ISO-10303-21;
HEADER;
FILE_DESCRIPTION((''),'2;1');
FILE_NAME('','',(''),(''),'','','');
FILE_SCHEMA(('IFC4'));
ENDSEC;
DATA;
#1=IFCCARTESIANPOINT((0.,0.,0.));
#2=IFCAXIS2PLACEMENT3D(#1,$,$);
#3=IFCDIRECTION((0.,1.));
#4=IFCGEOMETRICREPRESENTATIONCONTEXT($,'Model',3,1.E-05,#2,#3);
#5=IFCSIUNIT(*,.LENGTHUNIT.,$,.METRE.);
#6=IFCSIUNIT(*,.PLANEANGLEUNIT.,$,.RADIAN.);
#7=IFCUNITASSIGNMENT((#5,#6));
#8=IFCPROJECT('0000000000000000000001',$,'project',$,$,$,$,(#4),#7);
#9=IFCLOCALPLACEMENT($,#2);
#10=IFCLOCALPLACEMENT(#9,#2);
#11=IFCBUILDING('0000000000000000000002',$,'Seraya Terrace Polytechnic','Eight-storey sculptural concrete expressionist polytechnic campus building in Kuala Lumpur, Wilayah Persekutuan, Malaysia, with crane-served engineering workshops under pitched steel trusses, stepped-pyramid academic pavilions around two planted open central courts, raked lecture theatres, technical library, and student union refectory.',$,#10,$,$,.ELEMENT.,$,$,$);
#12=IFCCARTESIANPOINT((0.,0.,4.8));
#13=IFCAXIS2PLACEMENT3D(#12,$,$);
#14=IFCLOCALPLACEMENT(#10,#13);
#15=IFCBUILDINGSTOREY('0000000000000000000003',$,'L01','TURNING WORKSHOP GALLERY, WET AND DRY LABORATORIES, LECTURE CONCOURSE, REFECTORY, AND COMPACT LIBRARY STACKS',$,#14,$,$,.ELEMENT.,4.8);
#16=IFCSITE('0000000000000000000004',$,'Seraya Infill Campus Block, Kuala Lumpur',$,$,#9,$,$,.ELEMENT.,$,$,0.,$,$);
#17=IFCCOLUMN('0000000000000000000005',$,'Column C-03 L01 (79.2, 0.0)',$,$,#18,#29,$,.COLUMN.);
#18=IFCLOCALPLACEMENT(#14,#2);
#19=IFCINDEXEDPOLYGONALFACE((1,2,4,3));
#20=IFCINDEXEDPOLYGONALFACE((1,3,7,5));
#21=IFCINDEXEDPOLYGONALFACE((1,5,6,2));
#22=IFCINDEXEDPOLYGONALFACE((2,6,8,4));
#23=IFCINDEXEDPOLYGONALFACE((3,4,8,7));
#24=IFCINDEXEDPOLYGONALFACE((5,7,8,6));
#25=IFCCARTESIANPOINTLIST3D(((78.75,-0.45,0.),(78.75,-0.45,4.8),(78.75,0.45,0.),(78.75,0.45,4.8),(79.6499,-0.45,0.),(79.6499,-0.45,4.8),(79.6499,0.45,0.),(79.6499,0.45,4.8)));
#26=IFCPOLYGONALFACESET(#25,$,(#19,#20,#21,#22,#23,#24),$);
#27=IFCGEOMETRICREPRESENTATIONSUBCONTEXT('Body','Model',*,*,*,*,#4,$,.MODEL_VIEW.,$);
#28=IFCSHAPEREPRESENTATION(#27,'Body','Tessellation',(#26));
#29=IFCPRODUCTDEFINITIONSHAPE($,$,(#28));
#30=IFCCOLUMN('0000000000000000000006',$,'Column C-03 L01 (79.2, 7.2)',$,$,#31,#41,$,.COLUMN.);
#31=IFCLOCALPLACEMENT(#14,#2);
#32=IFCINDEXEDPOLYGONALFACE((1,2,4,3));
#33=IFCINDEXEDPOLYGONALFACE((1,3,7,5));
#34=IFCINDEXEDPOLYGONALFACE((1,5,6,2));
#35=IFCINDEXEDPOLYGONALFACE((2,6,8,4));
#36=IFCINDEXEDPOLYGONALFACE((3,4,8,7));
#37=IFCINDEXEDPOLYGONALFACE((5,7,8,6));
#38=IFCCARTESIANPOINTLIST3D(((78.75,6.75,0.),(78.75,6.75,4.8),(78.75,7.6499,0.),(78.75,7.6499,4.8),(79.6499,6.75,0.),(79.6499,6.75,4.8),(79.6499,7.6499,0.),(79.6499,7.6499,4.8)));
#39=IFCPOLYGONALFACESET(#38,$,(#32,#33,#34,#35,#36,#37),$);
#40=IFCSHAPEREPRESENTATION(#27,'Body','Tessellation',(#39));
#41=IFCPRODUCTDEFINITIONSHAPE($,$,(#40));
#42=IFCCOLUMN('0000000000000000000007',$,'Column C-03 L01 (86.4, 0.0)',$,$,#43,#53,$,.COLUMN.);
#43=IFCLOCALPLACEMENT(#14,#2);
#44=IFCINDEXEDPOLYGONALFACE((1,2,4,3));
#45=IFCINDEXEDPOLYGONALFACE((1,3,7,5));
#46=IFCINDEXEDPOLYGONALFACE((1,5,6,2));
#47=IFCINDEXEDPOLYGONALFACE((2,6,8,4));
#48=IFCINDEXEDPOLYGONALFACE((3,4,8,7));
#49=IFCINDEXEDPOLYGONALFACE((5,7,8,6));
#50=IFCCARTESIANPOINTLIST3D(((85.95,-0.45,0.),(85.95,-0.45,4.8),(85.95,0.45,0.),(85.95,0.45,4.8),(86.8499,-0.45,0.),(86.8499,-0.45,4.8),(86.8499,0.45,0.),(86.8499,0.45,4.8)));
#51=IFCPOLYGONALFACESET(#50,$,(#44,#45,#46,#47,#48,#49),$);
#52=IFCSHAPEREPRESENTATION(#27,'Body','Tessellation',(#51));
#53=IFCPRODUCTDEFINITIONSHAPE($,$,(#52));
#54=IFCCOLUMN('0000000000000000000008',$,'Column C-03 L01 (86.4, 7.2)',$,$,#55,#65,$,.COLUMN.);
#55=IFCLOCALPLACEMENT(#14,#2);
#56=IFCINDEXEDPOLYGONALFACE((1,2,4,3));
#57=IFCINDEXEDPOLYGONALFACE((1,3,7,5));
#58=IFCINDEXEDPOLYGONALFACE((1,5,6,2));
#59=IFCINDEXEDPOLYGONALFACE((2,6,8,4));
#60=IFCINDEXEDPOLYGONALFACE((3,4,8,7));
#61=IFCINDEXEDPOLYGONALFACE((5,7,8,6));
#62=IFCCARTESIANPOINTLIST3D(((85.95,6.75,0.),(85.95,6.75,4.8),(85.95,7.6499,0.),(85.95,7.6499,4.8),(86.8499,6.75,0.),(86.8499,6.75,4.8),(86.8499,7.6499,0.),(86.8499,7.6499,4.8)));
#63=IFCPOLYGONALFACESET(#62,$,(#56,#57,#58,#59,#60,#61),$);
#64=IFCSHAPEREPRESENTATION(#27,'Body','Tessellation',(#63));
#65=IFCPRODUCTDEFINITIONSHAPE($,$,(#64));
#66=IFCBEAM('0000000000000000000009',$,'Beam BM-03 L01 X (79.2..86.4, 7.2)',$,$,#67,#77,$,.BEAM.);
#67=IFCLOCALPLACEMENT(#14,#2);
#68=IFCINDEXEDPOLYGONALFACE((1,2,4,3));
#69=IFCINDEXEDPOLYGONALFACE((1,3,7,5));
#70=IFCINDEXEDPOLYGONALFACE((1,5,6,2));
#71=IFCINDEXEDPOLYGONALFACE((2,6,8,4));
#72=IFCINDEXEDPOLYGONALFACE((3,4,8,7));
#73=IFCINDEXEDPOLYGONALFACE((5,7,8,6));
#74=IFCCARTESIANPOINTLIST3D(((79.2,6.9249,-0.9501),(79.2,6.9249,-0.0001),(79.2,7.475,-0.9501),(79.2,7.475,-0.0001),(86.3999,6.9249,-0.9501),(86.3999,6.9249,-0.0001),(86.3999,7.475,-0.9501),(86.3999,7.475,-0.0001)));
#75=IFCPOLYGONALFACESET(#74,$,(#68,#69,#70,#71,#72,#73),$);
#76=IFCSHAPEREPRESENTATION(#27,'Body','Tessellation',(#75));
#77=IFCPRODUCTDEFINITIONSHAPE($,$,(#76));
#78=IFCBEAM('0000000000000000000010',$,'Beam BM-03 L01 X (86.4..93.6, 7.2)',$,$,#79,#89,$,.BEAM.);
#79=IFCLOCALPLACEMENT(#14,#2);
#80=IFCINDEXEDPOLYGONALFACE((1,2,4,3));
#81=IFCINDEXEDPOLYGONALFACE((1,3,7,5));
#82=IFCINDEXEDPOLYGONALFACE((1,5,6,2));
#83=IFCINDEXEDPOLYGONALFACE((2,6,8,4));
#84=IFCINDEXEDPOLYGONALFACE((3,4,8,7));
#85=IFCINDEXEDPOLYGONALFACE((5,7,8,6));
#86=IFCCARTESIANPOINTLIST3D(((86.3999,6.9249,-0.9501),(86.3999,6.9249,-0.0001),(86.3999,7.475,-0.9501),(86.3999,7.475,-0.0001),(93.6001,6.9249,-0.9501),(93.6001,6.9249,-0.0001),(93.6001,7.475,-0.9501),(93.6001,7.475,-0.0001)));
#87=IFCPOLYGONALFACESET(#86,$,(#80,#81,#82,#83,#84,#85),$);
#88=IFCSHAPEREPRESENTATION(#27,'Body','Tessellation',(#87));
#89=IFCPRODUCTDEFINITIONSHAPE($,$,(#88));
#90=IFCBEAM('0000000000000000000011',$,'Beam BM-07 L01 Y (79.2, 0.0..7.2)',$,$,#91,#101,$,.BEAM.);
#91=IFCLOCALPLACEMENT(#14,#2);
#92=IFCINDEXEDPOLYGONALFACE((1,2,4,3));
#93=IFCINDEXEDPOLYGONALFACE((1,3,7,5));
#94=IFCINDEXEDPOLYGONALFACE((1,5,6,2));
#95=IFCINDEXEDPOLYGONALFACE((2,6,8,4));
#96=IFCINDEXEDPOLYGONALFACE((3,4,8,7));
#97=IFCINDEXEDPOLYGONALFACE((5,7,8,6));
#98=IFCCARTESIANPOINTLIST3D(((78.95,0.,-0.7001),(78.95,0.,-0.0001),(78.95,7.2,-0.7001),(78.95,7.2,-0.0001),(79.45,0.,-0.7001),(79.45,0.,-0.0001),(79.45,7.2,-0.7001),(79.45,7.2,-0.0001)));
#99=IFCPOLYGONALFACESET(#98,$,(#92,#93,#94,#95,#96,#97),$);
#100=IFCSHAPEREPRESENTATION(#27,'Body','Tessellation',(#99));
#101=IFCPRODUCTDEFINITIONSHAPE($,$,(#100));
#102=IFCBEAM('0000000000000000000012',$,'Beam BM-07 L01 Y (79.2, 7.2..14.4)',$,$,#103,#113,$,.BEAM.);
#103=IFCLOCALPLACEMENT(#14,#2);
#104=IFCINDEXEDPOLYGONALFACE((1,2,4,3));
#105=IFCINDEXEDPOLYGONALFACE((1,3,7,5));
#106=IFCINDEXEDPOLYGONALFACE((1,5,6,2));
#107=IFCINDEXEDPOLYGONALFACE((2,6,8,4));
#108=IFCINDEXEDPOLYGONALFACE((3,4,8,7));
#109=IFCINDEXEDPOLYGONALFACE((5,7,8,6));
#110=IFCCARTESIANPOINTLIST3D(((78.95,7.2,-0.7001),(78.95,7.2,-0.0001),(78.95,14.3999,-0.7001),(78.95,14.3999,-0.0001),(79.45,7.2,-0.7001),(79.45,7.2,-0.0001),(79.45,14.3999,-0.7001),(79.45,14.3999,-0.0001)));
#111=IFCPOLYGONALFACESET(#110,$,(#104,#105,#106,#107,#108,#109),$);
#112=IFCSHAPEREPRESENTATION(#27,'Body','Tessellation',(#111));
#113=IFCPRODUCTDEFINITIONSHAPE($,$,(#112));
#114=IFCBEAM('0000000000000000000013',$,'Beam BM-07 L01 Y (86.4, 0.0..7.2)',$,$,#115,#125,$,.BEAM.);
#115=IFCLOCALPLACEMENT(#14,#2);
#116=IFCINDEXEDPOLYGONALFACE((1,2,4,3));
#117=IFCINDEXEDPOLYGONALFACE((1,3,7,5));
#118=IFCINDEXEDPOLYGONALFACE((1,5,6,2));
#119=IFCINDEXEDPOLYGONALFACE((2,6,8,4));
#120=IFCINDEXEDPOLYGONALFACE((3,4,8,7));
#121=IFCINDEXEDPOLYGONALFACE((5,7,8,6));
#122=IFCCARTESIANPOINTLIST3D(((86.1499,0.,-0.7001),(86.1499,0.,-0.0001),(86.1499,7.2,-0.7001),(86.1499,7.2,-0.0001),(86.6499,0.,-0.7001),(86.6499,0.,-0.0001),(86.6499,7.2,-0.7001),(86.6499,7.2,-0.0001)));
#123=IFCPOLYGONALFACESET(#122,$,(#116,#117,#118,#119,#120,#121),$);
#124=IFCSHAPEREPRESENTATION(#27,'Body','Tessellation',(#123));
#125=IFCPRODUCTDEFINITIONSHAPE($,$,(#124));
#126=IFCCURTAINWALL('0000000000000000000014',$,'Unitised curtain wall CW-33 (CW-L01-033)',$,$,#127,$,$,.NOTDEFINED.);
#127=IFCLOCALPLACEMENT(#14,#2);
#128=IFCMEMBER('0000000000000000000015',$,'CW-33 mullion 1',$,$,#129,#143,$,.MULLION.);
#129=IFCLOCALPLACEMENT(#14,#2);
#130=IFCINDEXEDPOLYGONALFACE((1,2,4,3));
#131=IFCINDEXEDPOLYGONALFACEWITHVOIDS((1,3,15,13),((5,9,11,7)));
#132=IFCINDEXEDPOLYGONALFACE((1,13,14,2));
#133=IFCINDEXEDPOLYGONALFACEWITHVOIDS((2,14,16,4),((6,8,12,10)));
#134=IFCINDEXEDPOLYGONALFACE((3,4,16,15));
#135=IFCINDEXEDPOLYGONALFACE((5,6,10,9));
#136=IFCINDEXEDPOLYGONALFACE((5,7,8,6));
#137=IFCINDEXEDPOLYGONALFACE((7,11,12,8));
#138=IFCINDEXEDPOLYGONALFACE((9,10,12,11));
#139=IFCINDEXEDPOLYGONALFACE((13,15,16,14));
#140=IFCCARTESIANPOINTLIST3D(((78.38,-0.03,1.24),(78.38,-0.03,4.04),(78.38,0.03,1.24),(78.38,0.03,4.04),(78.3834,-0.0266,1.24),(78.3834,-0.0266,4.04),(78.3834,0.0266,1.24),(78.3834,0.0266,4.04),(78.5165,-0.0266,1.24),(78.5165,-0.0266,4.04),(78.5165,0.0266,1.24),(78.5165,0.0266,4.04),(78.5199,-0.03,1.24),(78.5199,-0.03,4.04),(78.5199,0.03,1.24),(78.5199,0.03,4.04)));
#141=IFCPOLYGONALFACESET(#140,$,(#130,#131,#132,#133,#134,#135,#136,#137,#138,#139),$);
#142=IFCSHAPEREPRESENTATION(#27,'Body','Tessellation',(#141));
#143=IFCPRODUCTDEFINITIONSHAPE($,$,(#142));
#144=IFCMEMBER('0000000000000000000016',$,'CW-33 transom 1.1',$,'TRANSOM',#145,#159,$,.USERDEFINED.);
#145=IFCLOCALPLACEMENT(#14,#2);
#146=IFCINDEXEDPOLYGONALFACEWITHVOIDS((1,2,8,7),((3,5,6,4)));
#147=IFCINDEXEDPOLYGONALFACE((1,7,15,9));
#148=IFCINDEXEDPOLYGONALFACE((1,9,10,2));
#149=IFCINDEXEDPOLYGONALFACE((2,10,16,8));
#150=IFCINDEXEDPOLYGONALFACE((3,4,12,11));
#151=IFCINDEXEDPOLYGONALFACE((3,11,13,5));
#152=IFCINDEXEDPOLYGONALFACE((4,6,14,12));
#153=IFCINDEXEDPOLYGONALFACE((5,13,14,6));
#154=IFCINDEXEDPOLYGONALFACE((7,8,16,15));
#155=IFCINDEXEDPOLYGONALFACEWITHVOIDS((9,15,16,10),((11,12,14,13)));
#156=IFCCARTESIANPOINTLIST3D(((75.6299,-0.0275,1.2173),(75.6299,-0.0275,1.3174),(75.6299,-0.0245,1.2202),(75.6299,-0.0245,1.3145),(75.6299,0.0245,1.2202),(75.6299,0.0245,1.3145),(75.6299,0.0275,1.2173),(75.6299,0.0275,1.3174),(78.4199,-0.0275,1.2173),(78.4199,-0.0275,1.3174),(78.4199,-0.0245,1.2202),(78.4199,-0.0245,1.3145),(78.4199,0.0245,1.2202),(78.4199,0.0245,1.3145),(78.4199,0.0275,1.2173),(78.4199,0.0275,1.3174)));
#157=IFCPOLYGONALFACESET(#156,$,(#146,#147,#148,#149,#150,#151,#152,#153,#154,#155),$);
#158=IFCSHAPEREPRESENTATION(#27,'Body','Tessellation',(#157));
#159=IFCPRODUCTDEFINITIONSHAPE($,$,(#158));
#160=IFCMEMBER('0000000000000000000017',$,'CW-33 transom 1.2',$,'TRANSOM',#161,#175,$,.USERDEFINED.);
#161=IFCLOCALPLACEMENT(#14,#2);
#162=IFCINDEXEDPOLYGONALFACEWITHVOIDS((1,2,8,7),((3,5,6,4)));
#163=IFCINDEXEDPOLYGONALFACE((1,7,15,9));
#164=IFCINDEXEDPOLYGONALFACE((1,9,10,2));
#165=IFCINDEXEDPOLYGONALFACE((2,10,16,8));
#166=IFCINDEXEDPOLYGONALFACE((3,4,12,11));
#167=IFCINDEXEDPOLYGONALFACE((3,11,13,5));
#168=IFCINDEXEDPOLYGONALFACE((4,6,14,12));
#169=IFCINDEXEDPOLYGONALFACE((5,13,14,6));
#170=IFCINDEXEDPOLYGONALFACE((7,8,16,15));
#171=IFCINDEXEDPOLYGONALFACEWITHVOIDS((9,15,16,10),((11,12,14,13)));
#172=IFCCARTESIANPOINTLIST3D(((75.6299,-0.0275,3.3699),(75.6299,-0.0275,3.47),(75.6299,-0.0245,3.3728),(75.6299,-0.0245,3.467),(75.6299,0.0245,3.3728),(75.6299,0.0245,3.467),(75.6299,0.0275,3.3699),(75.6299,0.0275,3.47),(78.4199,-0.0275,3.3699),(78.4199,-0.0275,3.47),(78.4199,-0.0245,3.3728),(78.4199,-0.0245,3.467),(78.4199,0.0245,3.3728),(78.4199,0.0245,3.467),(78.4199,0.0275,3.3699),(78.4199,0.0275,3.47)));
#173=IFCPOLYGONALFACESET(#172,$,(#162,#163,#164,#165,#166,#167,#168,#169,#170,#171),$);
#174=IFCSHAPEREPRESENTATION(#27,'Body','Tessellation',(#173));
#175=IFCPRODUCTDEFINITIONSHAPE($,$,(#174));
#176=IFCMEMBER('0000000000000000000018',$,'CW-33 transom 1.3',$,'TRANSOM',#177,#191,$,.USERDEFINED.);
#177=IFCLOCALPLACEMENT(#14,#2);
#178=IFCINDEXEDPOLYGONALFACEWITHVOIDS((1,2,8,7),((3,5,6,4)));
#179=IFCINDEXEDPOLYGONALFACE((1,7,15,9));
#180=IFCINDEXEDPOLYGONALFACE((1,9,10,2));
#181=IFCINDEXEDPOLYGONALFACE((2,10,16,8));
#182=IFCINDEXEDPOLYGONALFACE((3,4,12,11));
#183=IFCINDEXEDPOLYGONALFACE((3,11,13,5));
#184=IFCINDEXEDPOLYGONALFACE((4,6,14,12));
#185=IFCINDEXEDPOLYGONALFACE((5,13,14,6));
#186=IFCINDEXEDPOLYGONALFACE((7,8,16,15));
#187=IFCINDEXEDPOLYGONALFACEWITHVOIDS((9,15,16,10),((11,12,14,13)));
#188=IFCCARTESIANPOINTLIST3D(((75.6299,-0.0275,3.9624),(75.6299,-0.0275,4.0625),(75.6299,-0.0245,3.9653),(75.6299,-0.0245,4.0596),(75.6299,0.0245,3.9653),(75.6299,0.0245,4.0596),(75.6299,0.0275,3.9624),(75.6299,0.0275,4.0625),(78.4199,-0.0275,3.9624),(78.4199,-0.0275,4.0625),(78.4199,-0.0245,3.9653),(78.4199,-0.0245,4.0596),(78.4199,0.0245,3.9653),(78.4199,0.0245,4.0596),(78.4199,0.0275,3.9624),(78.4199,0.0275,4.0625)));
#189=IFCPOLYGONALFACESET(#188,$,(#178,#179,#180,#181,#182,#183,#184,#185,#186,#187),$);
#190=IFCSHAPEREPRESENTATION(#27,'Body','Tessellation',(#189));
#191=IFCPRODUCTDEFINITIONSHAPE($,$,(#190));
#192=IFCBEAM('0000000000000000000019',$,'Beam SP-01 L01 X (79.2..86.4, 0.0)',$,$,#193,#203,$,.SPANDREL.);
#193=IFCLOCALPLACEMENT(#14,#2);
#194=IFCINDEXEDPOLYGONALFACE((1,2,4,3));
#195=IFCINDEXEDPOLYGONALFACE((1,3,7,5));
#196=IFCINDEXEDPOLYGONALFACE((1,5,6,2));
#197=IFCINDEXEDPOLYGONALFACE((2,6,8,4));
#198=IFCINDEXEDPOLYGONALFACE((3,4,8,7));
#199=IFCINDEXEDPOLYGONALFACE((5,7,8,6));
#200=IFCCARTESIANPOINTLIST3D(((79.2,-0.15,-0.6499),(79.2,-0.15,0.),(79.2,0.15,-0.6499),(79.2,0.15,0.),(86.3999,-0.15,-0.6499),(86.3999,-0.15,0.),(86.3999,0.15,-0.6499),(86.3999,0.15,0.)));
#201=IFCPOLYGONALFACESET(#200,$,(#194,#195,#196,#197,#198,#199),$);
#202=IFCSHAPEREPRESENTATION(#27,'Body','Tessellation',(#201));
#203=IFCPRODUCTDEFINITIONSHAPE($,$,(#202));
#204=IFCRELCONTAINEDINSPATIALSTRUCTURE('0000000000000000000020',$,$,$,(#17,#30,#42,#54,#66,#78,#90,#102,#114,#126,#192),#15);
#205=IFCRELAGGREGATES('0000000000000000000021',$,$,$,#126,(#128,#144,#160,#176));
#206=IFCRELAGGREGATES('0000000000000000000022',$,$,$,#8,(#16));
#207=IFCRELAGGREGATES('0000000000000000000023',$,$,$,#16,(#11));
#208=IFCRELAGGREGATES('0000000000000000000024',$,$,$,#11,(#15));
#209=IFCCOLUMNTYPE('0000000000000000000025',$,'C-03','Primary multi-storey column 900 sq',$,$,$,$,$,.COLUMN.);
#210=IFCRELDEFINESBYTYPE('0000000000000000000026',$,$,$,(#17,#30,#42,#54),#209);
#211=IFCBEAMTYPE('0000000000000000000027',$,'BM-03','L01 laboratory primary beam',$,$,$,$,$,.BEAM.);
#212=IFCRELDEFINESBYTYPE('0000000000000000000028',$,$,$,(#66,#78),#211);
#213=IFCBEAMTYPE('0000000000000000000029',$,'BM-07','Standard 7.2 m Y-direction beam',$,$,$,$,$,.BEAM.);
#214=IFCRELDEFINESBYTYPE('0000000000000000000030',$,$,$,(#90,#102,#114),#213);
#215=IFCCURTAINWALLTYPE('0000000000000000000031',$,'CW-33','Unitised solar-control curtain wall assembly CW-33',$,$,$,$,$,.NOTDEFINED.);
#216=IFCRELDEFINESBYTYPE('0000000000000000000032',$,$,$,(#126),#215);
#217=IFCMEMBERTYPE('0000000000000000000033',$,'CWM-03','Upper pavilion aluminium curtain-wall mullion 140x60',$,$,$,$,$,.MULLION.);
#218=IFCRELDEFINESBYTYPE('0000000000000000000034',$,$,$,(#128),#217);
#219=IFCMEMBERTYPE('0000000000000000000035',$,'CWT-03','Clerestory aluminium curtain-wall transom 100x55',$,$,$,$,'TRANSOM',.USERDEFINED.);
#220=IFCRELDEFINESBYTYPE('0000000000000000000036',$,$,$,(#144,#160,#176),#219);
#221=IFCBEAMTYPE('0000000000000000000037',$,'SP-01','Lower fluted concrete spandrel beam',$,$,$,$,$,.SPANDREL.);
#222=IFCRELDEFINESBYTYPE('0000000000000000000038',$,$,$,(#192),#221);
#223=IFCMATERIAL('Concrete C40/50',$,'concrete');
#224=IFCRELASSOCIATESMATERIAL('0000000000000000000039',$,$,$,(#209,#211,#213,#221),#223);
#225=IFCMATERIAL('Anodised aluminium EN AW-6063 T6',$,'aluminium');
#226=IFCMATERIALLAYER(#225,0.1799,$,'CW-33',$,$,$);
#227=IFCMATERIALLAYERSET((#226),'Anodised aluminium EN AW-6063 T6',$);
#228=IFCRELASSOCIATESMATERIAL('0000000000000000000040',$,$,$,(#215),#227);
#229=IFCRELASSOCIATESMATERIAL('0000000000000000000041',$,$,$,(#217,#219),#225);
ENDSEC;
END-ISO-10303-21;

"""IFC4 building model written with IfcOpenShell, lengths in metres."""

from ifc_helpers import new_model, si_unit, direction, frame, origin, origin_2d, place, context, subcontext, project, spatial, rectangle, hollow_rectangle, extrude, material, layer, layer_set, material_profile, profile_set, type_object, element, aggregate, save


model = new_model("IFC4")

# Units and contexts
model_context = context("Model", 3, precision=1e-05, world=origin(), true_north=direction((0.0, 1.0)))
body_context = subcontext(model_context, "Body", "Model", "MODEL_VIEW")
ifc_project = project(units=[si_unit("LENGTHUNIT", "METRE"), si_unit("PLANEANGLEUNIT", "RADIAN")], contexts=[model_context])

# Site, building, storey
site_placement = place(None, origin())
site = spatial("IfcSite", under=ifc_project, at=site_placement, Name="Seraya Infill Campus Block, Kuala Lumpur", CompositionType="ELEMENT", RefElevation=0.0)
building_placement = place(site_placement, origin())
building = spatial("IfcBuilding", under=site, at=building_placement, Name="Seraya Terrace Polytechnic", Description="Eight-storey sculptural concrete expressionist polytechnic campus building in Kuala Lumpur, Wilayah Persekutuan, Malaysia, with crane-served engineering workshops under pitched steel trusses, stepped-pyramid academic pavilions around two planted open central courts, raked lecture theatres, technical library, and student union refectory.", CompositionType="ELEMENT")
storey_placement = place(building_placement, frame((0.0, 0.0, 4.8)))
storey = spatial("IfcBuildingStorey", under=building, at=storey_placement, Name="L01", Description="TURNING WORKSHOP GALLERY, WET AND DRY LABORATORIES, LECTURE CONCOURSE, REFECTORY, AND COMPACT LIBRARY STACKS", CompositionType="ELEMENT", Elevation=4.8)

# Columns
ifc_material_1 = material(Name="Concrete C40/50", Category="concrete")
ifc_material_profile_1 = material_profile(ifc_material_1, rectangle(XDim=0.8999, YDim=0.8999, at=origin_2d()), Name="RC 900x900")
ifc_profile_set_1 = profile_set([ifc_material_profile_1], Name="Concrete C40/50")
column_type = type_object("IfcColumnType", Name="C-03", Description="Primary multi-storey column 900 sq", PredefinedType="COLUMN", material=ifc_profile_set_1)
for number, where, z_axis, x_axis, name in (
    (1, (79.2, 0.0, 0.0), (0.0, 0.0, 1.0), (1.0, 0.0, 0.0), "Column C-03 L01 (79.2, 0.0)"),
    (2, (79.2, 7.2, 0.0), (0.0, 0.0, 1.0), (1.0, 0.0, 0.0), "Column C-03 L01 (79.2, 7.2)"),
    (3, (86.3999, 0.0, 0.0), (0.0, 0.0, 1.0), (1.0, 0.0, 0.0), "Column C-03 L01 (86.4, 0.0)"),
    (4, (86.3999, 7.2, 0.0), (0.0, 0.0, 1.0), (1.0, 0.0, 0.0), "Column C-03 L01 (86.4, 7.2)"),
):
    element("IfcColumn", number, at=place(storey_placement, frame(where, z_axis=z_axis, x_axis=x_axis)), inside=storey, type_object=column_type, Name=name, PredefinedType="COLUMN", context=body_context, shape_type="SweptSolid", body=[
        extrude(rectangle(XDim=0.8999, YDim=0.8999, at=origin_2d()), origin(), (0.0, 0.0, 1.0), 4.8),
    ])

# Beams
ifc_material_profile_2 = material_profile(ifc_material_1, rectangle(XDim=0.55, YDim=0.95, at=origin_2d()), Name="RC 550x950")
ifc_profile_set_2 = profile_set([ifc_material_profile_2], Name="Concrete C40/50")
beam_type_1 = type_object("IfcBeamType", Name="BM-03", Description="L01 laboratory primary beam", PredefinedType="BEAM", material=ifc_profile_set_2)
beam_1_placement = place(storey_placement, frame((79.2, 7.2, -0.4751), z_axis=(1.0, 0.0, 0.0), x_axis=(0.0, 1.0, 0.0)))
element("IfcBeam", 5, at=beam_1_placement, inside=storey, type_object=beam_type_1, Name="Beam BM-03 L01 X (79.2..86.4, 7.2)", PredefinedType="BEAM", context=body_context, shape_type="SweptSolid", body=[
    extrude(rectangle(XDim=0.55, YDim=0.95, at=origin_2d()), origin(), (0.0, 0.0, 1.0), 7.2),
])
beam_2_placement = place(storey_placement, frame((86.3999, 7.2, -0.4751), z_axis=(1.0, 0.0, 0.0), x_axis=(0.0, 1.0, 0.0)))
element("IfcBeam", 6, at=beam_2_placement, inside=storey, type_object=beam_type_1, Name="Beam BM-03 L01 X (86.4..93.6, 7.2)", PredefinedType="BEAM", context=body_context, shape_type="SweptSolid", body=[
    extrude(rectangle(XDim=0.55, YDim=0.95, at=origin_2d()), origin(), (0.0, 0.0, 1.0), 7.2002),
])
ifc_material_profile_3 = material_profile(ifc_material_1, rectangle(XDim=0.5, YDim=0.7, at=origin_2d()), Name="RC 500x700")
ifc_profile_set_3 = profile_set([ifc_material_profile_3], Name="Concrete C40/50")
beam_type_2 = type_object("IfcBeamType", Name="BM-07", Description="Standard 7.2 m Y-direction beam", PredefinedType="BEAM", material=ifc_profile_set_3)
for number, where, z_axis, x_axis, name in (
    (7, (79.2, 0.0, -0.3501), (0.0, 1.0, 0.0), (-1.0, 0.0, 0.0), "Beam BM-07 L01 Y (79.2, 0.0..7.2)"),
    (8, (79.2, 7.2, -0.3501), (0.0, 1.0, 0.0), (-1.0, 0.0, 0.0), "Beam BM-07 L01 Y (79.2, 7.2..14.4)"),
    (9, (86.3999, 0.0, -0.3501), (0.0, 1.0, 0.0), (-1.0, 0.0, 0.0), "Beam BM-07 L01 Y (86.4, 0.0..7.2)"),
):
    element("IfcBeam", number, at=place(storey_placement, frame(where, z_axis=z_axis, x_axis=x_axis)), inside=storey, type_object=beam_type_2, Name=name, PredefinedType="BEAM", context=body_context, shape_type="SweptSolid", body=[
        extrude(rectangle(XDim=0.5, YDim=0.7, at=origin_2d()), origin(), (0.0, 0.0, 1.0), 7.2),
    ])

# Curtain wall, members
ifc_material_2 = material(Name="Anodised aluminium EN AW-6063 T6", Category="aluminium")
ifc_layer_1 = layer(ifc_material_2, 0.1799, Name="CW-33")
ifc_layer_set_1 = layer_set([ifc_layer_1], Name="Anodised aluminium EN AW-6063 T6")
curtain_wall_type = type_object("IfcCurtainWallType", Name="CW-33", Description="Unitised solar-control curtain wall assembly CW-33", PredefinedType="NOTDEFINED", material=ifc_layer_set_1)
curtain_wall_placement = place(storey_placement, origin())
curtain_wall = element("IfcCurtainWall", 10, at=curtain_wall_placement, inside=storey, type_object=curtain_wall_type, Name="Unitised curtain wall CW-33 (CW-L01-033)", PredefinedType="NOTDEFINED")
ifc_material_profile_4 = material_profile(ifc_material_2, hollow_rectangle(XDim=0.0601, YDim=0.1399, WallThickness=0.0034, at=origin_2d()), Name="RHS 140x60x3.5")
ifc_profile_set_4 = profile_set([ifc_material_profile_4], Name="Anodised aluminium EN AW-6063 T6")
member_type_1 = type_object("IfcMemberType", Name="CWM-03", Description="Upper pavilion aluminium curtain-wall mullion 140x60", PredefinedType="MULLION", material=ifc_profile_set_4)
member_1_placement = place(storey_placement, frame((78.45, 0.0, 1.24), z_axis=(0.0, 0.0, 1.0), x_axis=(0.0, -1.0, 0.0)))
member_1 = element("IfcMember", 11, at=member_1_placement, type_object=member_type_1, Name="CW-33 mullion 1", PredefinedType="MULLION", context=body_context, shape_type="SweptSolid", body=[
    extrude(hollow_rectangle(XDim=0.0601, YDim=0.1399, WallThickness=0.0034, at=origin_2d()), origin(), (0.0, 0.0, 1.0), 2.8),
])
ifc_material_profile_5 = material_profile(ifc_material_2, hollow_rectangle(XDim=0.0549, YDim=0.1001, WallThickness=0.0029, at=origin_2d()), Name="RHS 100x55x3.0")
ifc_profile_set_5 = profile_set([ifc_material_profile_5], Name="Anodised aluminium EN AW-6063 T6")
member_type_2 = type_object("IfcMemberType", Name="CWT-03", Description="Clerestory aluminium curtain-wall transom 100x55", ElementType="TRANSOM", PredefinedType="USERDEFINED", material=ifc_profile_set_5)
member_2_placement = place(storey_placement, frame((78.4199, 0.0, 1.2673), z_axis=(-1.0, 0.0, 0.0), x_axis=(0.0, -1.0, 0.0)))
member_2 = element("IfcMember", 12, at=member_2_placement, type_object=member_type_2, Name="CW-33 transom 1.1", ObjectType="TRANSOM", PredefinedType="USERDEFINED", context=body_context, shape_type="SweptSolid", body=[
    extrude(hollow_rectangle(XDim=0.0549, YDim=0.1001, WallThickness=0.0029, at=origin_2d()), origin(), (0.0, 0.0, 1.0), 2.79),
])
member_3_placement = place(storey_placement, frame((78.4199, 0.0, 3.4199), z_axis=(-1.0, 0.0, 0.0), x_axis=(0.0, -1.0, 0.0)))
member_3 = element("IfcMember", 13, at=member_3_placement, type_object=member_type_2, Name="CW-33 transom 1.2", ObjectType="TRANSOM", PredefinedType="USERDEFINED", context=body_context, shape_type="SweptSolid", body=[
    extrude(hollow_rectangle(XDim=0.0549, YDim=0.1001, WallThickness=0.0029, at=origin_2d()), origin(), (0.0, 0.0, 1.0), 2.79),
])
member_4_placement = place(storey_placement, frame((78.4199, 0.0, 4.0125), z_axis=(-1.0, 0.0, 0.0), x_axis=(0.0, -1.0, 0.0)))
member_4 = element("IfcMember", 14, at=member_4_placement, type_object=member_type_2, Name="CW-33 transom 1.3", ObjectType="TRANSOM", PredefinedType="USERDEFINED", context=body_context, shape_type="SweptSolid", body=[
    extrude(hollow_rectangle(XDim=0.0549, YDim=0.1001, WallThickness=0.0029, at=origin_2d()), origin(), (0.0, 0.0, 1.0), 2.79),
])
aggregate(curtain_wall, [member_1, member_2, member_3, member_4])

# Beam
ifc_material_profile_6 = material_profile(ifc_material_1, rectangle(XDim=0.3, YDim=0.6499, at=origin_2d()), Name="RC 300x650")
ifc_profile_set_6 = profile_set([ifc_material_profile_6], Name="Concrete C40/50")
beam_type_3 = type_object("IfcBeamType", Name="SP-01", Description="Lower fluted concrete spandrel beam", PredefinedType="SPANDREL", material=ifc_profile_set_6)
beam_3_placement = place(storey_placement, frame((79.2, 0.0, -0.325), z_axis=(1.0, 0.0, 0.0), x_axis=(0.0, 1.0, 0.0)))
element("IfcBeam", 15, at=beam_3_placement, inside=storey, type_object=beam_type_3, Name="Beam SP-01 L01 X (79.2..86.4, 0.0)", PredefinedType="SPANDREL", context=body_context, shape_type="SweptSolid", body=[
    extrude(rectangle(XDim=0.3, YDim=0.6499, at=origin_2d()), origin(), (0.0, 0.0, 1.0), 7.2),
])

save(model, "model.ifc")
